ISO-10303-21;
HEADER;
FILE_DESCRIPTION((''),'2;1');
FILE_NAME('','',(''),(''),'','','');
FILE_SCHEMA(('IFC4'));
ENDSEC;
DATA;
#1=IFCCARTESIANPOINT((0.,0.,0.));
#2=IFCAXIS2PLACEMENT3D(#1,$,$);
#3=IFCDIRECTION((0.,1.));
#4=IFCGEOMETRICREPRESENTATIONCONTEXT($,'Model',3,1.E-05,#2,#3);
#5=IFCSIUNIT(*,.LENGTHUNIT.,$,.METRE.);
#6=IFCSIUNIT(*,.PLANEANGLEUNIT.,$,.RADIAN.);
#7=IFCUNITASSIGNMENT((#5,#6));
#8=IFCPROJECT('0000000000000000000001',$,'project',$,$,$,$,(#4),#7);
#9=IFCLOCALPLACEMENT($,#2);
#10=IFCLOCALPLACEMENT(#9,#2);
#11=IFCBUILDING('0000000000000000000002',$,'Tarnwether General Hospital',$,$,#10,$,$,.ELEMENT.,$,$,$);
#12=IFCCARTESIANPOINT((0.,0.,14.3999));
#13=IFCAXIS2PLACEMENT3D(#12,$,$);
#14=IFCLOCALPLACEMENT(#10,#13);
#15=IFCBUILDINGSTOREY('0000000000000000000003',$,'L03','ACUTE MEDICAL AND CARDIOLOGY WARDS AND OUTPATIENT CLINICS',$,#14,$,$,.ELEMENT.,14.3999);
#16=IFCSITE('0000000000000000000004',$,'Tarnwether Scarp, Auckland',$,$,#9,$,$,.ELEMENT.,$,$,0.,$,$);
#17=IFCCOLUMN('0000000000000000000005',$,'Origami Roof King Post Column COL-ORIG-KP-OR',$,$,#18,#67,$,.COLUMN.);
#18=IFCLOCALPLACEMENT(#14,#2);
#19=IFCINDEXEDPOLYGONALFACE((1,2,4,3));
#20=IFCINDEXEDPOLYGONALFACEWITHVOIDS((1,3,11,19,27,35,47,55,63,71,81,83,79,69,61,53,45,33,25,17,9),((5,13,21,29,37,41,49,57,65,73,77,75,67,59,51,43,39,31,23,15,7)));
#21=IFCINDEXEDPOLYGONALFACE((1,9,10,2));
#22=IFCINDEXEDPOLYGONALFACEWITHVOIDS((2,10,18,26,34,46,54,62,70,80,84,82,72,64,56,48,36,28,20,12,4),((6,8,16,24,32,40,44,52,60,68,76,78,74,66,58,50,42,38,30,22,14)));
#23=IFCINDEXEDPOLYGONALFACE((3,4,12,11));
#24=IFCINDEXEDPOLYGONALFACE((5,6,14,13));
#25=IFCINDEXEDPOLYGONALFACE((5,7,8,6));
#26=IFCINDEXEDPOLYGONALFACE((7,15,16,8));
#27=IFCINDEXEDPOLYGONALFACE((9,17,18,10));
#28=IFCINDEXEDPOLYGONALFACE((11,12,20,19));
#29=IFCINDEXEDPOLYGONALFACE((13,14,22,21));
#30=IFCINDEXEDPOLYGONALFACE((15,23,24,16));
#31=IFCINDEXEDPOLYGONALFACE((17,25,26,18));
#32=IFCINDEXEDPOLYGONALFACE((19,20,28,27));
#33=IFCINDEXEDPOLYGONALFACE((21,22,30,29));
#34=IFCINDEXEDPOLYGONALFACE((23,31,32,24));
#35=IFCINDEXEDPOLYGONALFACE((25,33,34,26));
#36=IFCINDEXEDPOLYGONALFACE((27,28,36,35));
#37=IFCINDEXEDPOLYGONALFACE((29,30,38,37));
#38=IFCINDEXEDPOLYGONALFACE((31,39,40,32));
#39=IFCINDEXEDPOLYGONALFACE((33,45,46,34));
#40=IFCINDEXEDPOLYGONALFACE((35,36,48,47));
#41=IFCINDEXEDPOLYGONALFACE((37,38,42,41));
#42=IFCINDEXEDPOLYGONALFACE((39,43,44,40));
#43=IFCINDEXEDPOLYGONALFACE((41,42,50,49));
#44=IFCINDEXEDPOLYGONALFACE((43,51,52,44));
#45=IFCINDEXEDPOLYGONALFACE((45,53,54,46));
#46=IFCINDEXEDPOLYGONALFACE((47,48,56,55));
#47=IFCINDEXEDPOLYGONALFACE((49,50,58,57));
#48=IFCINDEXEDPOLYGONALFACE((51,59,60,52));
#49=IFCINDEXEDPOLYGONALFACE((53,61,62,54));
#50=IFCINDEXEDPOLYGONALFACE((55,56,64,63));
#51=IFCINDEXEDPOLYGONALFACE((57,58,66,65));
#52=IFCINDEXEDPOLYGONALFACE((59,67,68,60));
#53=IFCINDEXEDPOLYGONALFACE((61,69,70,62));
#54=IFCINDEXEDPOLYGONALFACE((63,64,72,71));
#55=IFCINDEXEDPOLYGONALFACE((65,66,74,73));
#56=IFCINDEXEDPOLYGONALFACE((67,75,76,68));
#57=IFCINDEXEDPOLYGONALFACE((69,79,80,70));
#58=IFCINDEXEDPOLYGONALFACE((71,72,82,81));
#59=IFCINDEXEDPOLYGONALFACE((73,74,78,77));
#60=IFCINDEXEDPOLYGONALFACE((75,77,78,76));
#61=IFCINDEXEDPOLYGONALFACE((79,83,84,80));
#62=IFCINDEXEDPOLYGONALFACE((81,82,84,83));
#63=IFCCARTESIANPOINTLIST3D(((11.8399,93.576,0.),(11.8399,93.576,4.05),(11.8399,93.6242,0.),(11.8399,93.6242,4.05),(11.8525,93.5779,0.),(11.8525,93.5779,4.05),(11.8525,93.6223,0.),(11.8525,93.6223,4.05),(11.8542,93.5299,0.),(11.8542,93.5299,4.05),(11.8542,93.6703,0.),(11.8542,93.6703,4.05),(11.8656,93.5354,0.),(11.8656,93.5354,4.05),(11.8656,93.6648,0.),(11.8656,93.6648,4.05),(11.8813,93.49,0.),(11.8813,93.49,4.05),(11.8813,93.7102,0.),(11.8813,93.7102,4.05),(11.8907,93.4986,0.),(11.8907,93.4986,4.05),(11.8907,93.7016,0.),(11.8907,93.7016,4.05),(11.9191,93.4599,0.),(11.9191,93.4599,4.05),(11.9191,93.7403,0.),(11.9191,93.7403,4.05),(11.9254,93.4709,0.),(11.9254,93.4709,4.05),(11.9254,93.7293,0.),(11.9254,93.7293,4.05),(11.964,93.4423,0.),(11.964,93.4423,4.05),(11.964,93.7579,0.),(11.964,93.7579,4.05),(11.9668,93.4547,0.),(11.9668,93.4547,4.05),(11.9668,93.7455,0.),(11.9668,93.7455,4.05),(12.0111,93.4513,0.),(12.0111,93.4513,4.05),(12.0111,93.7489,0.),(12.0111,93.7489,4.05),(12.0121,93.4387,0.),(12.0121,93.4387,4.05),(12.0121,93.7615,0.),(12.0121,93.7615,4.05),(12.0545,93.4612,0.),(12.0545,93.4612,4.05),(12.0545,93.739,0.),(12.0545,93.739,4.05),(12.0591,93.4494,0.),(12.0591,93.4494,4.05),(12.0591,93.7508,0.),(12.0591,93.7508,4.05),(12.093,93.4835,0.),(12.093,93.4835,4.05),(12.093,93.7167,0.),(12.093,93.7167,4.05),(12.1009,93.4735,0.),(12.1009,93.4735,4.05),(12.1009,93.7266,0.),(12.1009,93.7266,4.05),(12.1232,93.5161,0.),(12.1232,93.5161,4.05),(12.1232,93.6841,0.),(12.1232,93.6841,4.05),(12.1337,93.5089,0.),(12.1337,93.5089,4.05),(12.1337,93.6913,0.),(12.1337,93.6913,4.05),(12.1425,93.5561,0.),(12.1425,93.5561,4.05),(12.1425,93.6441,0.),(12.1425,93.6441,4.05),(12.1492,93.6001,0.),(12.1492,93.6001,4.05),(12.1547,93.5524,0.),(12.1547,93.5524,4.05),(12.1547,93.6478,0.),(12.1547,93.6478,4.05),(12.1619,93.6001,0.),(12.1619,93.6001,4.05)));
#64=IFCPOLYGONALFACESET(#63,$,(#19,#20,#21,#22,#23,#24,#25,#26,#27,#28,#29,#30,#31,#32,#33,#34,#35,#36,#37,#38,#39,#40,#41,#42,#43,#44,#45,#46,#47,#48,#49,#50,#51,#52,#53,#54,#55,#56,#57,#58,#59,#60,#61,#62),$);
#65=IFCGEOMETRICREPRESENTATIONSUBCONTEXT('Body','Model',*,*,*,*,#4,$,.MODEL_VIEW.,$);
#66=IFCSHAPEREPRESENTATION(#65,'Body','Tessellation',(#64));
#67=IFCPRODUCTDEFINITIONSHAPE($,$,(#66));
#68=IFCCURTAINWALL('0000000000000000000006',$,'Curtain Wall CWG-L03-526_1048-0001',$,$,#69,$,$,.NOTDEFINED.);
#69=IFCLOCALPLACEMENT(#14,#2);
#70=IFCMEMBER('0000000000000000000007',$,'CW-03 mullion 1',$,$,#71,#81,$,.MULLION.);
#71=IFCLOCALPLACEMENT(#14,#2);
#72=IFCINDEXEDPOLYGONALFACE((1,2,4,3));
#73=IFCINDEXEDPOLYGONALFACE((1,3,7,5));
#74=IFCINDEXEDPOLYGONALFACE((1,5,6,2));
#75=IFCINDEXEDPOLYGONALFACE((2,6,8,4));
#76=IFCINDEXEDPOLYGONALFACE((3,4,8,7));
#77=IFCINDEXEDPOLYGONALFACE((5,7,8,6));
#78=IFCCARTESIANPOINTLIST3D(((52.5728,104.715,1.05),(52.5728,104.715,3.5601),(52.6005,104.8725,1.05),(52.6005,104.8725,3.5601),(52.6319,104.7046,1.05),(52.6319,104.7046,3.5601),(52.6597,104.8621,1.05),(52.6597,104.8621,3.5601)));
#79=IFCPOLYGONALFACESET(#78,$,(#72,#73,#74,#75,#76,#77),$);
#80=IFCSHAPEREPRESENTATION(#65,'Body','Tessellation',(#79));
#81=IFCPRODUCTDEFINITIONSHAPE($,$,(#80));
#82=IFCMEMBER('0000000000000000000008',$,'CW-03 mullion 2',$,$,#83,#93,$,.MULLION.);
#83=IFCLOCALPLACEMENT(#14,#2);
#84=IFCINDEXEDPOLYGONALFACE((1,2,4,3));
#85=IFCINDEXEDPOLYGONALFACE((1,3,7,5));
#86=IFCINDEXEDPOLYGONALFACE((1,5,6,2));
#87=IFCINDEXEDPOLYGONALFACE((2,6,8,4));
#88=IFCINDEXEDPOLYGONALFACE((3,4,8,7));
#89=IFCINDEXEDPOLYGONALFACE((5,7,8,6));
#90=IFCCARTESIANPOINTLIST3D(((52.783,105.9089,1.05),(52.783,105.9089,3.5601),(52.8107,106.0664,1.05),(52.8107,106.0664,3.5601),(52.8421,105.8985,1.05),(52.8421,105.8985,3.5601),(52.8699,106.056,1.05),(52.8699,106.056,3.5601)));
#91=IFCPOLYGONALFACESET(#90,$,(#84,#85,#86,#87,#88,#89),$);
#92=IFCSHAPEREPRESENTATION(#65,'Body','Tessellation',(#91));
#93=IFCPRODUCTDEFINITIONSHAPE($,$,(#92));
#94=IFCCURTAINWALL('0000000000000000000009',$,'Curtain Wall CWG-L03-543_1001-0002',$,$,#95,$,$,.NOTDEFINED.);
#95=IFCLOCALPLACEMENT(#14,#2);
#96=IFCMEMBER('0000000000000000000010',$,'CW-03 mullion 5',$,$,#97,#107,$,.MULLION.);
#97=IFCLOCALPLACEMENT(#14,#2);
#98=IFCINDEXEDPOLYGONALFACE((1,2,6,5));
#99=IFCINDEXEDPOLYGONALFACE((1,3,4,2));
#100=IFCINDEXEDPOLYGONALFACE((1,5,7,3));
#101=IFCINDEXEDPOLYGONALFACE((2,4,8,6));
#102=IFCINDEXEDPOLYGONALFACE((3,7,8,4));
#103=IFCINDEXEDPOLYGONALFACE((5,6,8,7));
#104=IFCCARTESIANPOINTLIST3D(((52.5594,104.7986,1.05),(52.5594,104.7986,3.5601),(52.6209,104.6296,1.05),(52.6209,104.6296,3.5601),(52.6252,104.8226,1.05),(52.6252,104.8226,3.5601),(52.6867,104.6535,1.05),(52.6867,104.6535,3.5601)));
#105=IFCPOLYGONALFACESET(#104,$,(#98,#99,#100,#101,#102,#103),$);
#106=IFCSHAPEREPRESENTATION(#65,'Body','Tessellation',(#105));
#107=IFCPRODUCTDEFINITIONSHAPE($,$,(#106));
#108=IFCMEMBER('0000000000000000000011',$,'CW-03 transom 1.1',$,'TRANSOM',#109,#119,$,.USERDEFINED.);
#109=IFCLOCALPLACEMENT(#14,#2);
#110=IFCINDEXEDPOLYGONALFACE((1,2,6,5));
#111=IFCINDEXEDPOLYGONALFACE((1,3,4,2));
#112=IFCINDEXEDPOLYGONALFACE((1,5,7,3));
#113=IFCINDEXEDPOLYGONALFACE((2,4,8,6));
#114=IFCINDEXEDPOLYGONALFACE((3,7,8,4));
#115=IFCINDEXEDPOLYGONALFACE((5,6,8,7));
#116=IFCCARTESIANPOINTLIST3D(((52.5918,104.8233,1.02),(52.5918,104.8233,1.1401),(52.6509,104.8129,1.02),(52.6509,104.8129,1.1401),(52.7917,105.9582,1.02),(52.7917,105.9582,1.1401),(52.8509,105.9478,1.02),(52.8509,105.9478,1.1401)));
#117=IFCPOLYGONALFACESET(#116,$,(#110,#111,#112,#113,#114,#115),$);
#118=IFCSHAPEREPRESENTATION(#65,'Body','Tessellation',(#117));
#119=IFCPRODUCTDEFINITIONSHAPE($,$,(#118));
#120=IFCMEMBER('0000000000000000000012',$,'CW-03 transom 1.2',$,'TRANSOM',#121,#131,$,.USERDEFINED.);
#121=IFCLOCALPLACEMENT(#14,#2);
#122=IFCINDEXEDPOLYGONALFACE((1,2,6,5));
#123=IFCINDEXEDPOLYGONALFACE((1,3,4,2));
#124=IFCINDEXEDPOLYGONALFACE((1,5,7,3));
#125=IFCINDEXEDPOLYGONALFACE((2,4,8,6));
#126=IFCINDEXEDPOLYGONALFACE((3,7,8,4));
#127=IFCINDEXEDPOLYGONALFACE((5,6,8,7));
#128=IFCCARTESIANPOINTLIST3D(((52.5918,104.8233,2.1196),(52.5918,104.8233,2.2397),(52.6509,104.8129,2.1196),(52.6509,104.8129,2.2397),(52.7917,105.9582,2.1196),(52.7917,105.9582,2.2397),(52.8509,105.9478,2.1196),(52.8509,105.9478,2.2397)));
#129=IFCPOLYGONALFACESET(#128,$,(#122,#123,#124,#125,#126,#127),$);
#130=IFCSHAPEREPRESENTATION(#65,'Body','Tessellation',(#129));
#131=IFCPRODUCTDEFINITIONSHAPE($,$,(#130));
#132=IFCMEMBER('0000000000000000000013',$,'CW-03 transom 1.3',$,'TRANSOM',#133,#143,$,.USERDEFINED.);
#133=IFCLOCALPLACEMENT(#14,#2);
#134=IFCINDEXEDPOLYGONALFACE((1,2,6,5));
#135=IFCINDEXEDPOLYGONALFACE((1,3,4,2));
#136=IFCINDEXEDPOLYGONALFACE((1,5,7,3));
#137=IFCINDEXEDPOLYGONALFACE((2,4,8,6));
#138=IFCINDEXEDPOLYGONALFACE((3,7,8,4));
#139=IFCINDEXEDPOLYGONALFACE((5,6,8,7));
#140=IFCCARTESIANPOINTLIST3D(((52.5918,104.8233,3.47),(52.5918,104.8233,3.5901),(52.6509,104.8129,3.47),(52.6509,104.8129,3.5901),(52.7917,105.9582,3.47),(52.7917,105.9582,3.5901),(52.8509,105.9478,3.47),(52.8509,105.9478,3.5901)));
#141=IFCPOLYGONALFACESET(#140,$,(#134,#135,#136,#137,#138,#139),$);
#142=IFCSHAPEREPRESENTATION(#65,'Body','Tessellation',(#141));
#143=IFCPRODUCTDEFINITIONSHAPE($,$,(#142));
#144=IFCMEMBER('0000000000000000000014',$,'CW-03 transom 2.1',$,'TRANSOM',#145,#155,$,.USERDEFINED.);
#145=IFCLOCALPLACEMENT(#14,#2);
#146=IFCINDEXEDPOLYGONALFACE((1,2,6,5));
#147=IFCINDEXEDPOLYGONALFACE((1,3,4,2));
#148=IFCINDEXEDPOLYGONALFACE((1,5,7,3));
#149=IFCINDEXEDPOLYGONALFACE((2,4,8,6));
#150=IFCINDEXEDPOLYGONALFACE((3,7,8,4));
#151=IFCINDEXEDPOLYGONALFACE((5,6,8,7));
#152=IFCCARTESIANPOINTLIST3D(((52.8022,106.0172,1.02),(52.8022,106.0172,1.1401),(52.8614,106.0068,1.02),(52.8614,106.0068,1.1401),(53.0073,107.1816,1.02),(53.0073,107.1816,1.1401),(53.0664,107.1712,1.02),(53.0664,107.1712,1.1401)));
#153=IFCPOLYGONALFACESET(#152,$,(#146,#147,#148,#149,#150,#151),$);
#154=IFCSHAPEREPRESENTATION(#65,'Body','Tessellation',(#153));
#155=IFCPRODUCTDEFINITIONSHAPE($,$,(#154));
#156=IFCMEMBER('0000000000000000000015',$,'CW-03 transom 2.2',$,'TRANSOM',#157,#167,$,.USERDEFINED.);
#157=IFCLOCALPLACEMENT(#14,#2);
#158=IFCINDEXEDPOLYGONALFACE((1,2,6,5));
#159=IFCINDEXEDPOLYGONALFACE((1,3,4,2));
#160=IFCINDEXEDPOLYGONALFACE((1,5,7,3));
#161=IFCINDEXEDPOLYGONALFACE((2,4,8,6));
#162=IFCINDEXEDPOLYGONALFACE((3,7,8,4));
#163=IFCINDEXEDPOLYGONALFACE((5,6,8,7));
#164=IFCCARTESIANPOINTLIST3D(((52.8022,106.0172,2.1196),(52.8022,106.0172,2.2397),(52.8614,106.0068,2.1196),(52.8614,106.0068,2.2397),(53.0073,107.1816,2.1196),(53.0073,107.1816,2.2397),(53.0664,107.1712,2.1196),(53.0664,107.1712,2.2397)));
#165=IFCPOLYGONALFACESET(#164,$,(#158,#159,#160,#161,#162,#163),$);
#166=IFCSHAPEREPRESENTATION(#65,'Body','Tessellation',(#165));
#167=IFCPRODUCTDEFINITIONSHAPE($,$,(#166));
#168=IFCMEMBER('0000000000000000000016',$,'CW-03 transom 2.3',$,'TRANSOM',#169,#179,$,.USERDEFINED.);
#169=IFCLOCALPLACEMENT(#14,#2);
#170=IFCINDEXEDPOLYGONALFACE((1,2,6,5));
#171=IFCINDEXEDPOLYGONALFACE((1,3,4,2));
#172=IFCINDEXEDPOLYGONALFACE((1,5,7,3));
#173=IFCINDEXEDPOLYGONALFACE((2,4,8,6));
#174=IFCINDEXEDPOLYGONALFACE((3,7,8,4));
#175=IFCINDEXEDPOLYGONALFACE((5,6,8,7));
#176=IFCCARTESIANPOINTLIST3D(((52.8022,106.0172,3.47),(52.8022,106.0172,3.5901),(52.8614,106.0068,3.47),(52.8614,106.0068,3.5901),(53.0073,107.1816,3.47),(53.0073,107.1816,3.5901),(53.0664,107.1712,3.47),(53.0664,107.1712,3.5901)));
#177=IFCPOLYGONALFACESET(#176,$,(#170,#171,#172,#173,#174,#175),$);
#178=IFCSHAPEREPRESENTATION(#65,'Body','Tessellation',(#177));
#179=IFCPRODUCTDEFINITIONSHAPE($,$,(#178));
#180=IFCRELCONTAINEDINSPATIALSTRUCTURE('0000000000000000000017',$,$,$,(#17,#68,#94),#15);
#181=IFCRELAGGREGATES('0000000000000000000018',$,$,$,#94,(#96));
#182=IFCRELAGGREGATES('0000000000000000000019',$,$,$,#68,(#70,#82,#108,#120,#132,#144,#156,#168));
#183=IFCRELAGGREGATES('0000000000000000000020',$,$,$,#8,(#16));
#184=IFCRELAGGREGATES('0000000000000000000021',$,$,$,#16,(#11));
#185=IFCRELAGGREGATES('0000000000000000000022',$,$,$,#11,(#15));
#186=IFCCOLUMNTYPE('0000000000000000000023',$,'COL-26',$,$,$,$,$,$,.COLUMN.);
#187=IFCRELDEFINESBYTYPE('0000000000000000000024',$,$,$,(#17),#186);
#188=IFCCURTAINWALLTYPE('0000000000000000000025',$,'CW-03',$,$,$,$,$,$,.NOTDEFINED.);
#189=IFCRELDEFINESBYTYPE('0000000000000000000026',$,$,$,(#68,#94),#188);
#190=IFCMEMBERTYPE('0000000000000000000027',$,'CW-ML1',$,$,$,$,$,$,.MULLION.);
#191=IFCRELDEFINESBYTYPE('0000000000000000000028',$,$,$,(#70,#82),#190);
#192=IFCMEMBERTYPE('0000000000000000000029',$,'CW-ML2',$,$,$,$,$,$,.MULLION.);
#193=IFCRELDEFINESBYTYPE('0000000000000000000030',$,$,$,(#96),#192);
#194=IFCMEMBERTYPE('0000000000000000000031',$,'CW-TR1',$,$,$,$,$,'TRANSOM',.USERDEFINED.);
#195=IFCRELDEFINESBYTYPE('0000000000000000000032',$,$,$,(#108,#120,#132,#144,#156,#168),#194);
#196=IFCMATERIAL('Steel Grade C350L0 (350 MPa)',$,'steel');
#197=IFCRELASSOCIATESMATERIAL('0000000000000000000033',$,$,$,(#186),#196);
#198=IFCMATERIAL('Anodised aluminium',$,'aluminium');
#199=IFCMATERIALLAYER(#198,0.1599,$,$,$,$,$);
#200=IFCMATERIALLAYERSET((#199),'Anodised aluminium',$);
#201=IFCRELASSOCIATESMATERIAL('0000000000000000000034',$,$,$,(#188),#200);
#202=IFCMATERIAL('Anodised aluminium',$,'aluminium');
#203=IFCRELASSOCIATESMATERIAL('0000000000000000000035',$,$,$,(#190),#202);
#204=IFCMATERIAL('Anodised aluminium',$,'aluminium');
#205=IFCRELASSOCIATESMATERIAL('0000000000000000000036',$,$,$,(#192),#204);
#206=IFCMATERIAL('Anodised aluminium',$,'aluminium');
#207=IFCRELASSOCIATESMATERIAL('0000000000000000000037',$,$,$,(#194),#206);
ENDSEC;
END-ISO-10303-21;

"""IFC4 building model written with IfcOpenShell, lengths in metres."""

from ifc_helpers import new_model, si_unit, direction, frame, origin, origin_2d, place, context, subcontext, project, spatial, rectangle, hollow_circle, extrude, material, layer, layer_set, material_profile, profile_set, type_object, element, aggregate, save


model = new_model("IFC4")

# Units and contexts
model_context = context("Model", 3, precision=1e-05, world=origin(), true_north=direction((0.0, 1.0)))
body_context = subcontext(model_context, "Body", "Model", "MODEL_VIEW")
ifc_project = project(units=[si_unit("LENGTHUNIT", "METRE"), si_unit("PLANEANGLEUNIT", "RADIAN")], contexts=[model_context])

# Site, building, storey
site_placement = place(None, origin())
site = spatial("IfcSite", under=ifc_project, at=site_placement, Name="Tarnwether Scarp, Auckland", CompositionType="ELEMENT", RefElevation=0.0)
building_placement = place(site_placement, origin())
building = spatial("IfcBuilding", under=site, at=building_placement, Name="Tarnwether General Hospital", CompositionType="ELEMENT")
storey_placement = place(building_placement, frame((0.0, 0.0, 14.3999)))
storey = spatial("IfcBuildingStorey", under=building, at=storey_placement, Name="L03", Description="ACUTE MEDICAL AND CARDIOLOGY WARDS AND OUTPATIENT CLINICS", CompositionType="ELEMENT", Elevation=14.3999)

# Column
ifc_material_1 = material(Name="Steel Grade C350L0 (350 MPa)", Category="steel")
ifc_material_profile_1 = material_profile(ifc_material_1, hollow_circle(Radius=0.1619, WallThickness=0.0127, at=origin_2d()), Name="CHS323.9x12.7")
ifc_profile_set_1 = profile_set([ifc_material_profile_1], Name="Steel Grade C350L0 (350 MPa)")
column_type = type_object("IfcColumnType", Name="COL-26", PredefinedType="COLUMN", material=ifc_profile_set_1)
column_placement = place(storey_placement, frame((12.0, 93.6001, 0.0), z_axis=(0.0, 0.0, 1.0), x_axis=(1.0, 0.0, 0.0)))
element("IfcColumn", 1, at=column_placement, inside=storey, type_object=column_type, Name="Origami Roof King Post Column COL-ORIG-KP-OR", PredefinedType="COLUMN", context=body_context, shape_type="SweptSolid", body=[
    extrude(hollow_circle(Radius=0.1619, WallThickness=0.0127, at=origin_2d()), origin(), (0.0, 0.0, 1.0), 4.05),
])

# Curtain wall, members
ifc_material_2 = material(Name="Anodised aluminium", Category="aluminium")
ifc_layer_1 = layer(ifc_material_2, 0.1599)
ifc_layer_set_1 = layer_set([ifc_layer_1], Name="Anodised aluminium")
curtain_wall_type = type_object("IfcCurtainWallType", Name="CW-03", PredefinedType="NOTDEFINED", material=ifc_layer_set_1)
curtain_wall_1_placement = place(storey_placement, origin())
curtain_wall_1 = element("IfcCurtainWall", 2, at=curtain_wall_1_placement, inside=storey, type_object=curtain_wall_type, Name="Curtain Wall CWG-L03-526_1048-0001", PredefinedType="NOTDEFINED")
ifc_material_3 = material(Name="Anodised aluminium", Category="aluminium")
ifc_material_profile_2 = material_profile(ifc_material_3, rectangle(XDim=0.0601, YDim=0.1599, at=origin_2d()), Name="ALU-MUL-60x160")
ifc_profile_set_2 = profile_set([ifc_material_profile_2], Name="Anodised aluminium")
member_type_1 = type_object("IfcMemberType", Name="CW-ML1", PredefinedType="MULLION", material=ifc_profile_set_2)
member_1_placement = place(storey_placement, frame((52.6162, 104.7886, 1.05), z_axis=(0.0, 0.0, 1.0), x_axis=(-0.98484, 0.173464, 0.0)))
member_1 = element("IfcMember", 3, at=member_1_placement, type_object=member_type_1, Name="CW-03 mullion 1", PredefinedType="MULLION", context=body_context, shape_type="SweptSolid", body=[
    extrude(rectangle(XDim=0.0601, YDim=0.1599, at=origin_2d()), origin(), (0.0, 0.0, 1.0), 2.51),
])
member_2_placement = place(storey_placement, frame((52.8264, 105.9824, 1.05), z_axis=(0.0, 0.0, 1.0), x_axis=(-0.98484, 0.173464, 0.0)))
member_2 = element("IfcMember", 4, at=member_2_placement, type_object=member_type_1, Name="CW-03 mullion 2", PredefinedType="MULLION", context=body_context, shape_type="SweptSolid", body=[
    extrude(rectangle(XDim=0.0601, YDim=0.1599, at=origin_2d()), origin(), (0.0, 0.0, 1.0), 2.51),
])

# Curtain wall, member
curtain_wall_2_placement = place(storey_placement, origin())
curtain_wall_2 = element("IfcCurtainWall", 5, at=curtain_wall_2_placement, inside=storey, type_object=curtain_wall_type, Name="Curtain Wall CWG-L03-543_1001-0002", PredefinedType="NOTDEFINED")
ifc_material_4 = material(Name="Anodised aluminium", Category="aluminium")
ifc_material_profile_3 = material_profile(ifc_material_4, rectangle(XDim=0.0701, YDim=0.1799, at=origin_2d()), Name="ALU-MUL-70x180")
ifc_profile_set_3 = profile_set([ifc_material_profile_3], Name="Anodised aluminium")
member_type_2 = type_object("IfcMemberType", Name="CW-ML2", PredefinedType="MULLION", material=ifc_profile_set_3)
member_3_placement = place(storey_placement, frame((52.623, 104.7261, 1.05), z_axis=(0.0, 0.0, 1.0), x_axis=(-0.939717, -0.341953, 0.0)))
member_3 = element("IfcMember", 6, at=member_3_placement, type_object=member_type_2, Name="CW-03 mullion 5", PredefinedType="MULLION", context=body_context, shape_type="SweptSolid", body=[
    extrude(rectangle(XDim=0.0701, YDim=0.1799, at=origin_2d()), origin(), (0.0, 0.0, 1.0), 2.51),
])

# Members
ifc_material_5 = material(Name="Anodised aluminium", Category="aluminium")
ifc_material_profile_4 = material_profile(ifc_material_5, rectangle(XDim=0.0601, YDim=0.1201, at=origin_2d()), Name="ALU-TRN-60x120")
ifc_profile_set_4 = profile_set([ifc_material_profile_4], Name="Anodised aluminium")
member_type_3 = type_object("IfcMemberType", Name="CW-TR1", ElementType="TRANSOM", PredefinedType="USERDEFINED", material=ifc_profile_set_4)
member_4_placement = place(storey_placement, frame((52.6213, 104.8181, 1.0801), z_axis=(0.173531, 0.984828, 0.0), x_axis=(-0.984828, 0.173531, 0.0)))
member_4 = element("IfcMember", 7, at=member_4_placement, type_object=member_type_3, Name="CW-03 transom 1.1", ObjectType="TRANSOM", PredefinedType="USERDEFINED", context=body_context, shape_type="SweptSolid", body=[
    extrude(rectangle(XDim=0.0601, YDim=0.1201, at=origin_2d()), origin(), (0.0, 0.0, 1.0), 1.1523),
])
member_5_placement = place(storey_placement, frame((52.6213, 104.8181, 2.1797), z_axis=(0.173531, 0.984828, 0.0), x_axis=(-0.984828, 0.173531, 0.0)))
member_5 = element("IfcMember", 8, at=member_5_placement, type_object=member_type_3, Name="CW-03 transom 1.2", ObjectType="TRANSOM", PredefinedType="USERDEFINED", context=body_context, shape_type="SweptSolid", body=[
    extrude(rectangle(XDim=0.0601, YDim=0.1201, at=origin_2d()), origin(), (0.0, 0.0, 1.0), 1.1523),
])
member_6_placement = place(storey_placement, frame((52.6213, 104.8181, 3.53), z_axis=(0.173531, 0.984828, 0.0), x_axis=(-0.984828, 0.173531, 0.0)))
member_6 = element("IfcMember", 9, at=member_6_placement, type_object=member_type_3, Name="CW-03 transom 1.3", ObjectType="TRANSOM", PredefinedType="USERDEFINED", context=body_context, shape_type="SweptSolid", body=[
    extrude(rectangle(XDim=0.0601, YDim=0.1201, at=origin_2d()), origin(), (0.0, 0.0, 1.0), 1.1523),
])
member_7_placement = place(storey_placement, frame((52.8318, 106.012, 1.0801), z_axis=(0.173432, 0.984846, 0.0), x_axis=(-0.984846, 0.173432, 0.0)))
member_7 = element("IfcMember", 10, at=member_7_placement, type_object=member_type_3, Name="CW-03 transom 2.1", ObjectType="TRANSOM", PredefinedType="USERDEFINED", context=body_context, shape_type="SweptSolid", body=[
    extrude(rectangle(XDim=0.0601, YDim=0.1201, at=origin_2d()), origin(), (0.0, 0.0, 1.0), 1.1824),
])
member_8_placement = place(storey_placement, frame((52.8318, 106.012, 2.1797), z_axis=(0.173432, 0.984846, 0.0), x_axis=(-0.984846, 0.173432, 0.0)))
member_8 = element("IfcMember", 11, at=member_8_placement, type_object=member_type_3, Name="CW-03 transom 2.2", ObjectType="TRANSOM", PredefinedType="USERDEFINED", context=body_context, shape_type="SweptSolid", body=[
    extrude(rectangle(XDim=0.0601, YDim=0.1201, at=origin_2d()), origin(), (0.0, 0.0, 1.0), 1.1824),
])
member_9_placement = place(storey_placement, frame((52.8318, 106.012, 3.53), z_axis=(0.173432, 0.984846, 0.0), x_axis=(-0.984846, 0.173432, 0.0)))
member_9 = element("IfcMember", 12, at=member_9_placement, type_object=member_type_3, Name="CW-03 transom 2.3", ObjectType="TRANSOM", PredefinedType="USERDEFINED", context=body_context, shape_type="SweptSolid", body=[
    extrude(rectangle(XDim=0.0601, YDim=0.1201, at=origin_2d()), origin(), (0.0, 0.0, 1.0), 1.1824),
])

aggregate(curtain_wall_2, [member_3])
aggregate(curtain_wall_1, [member_1, member_2, member_4, member_5, member_6, member_7, member_8, member_9])

save(model, "model.ifc")
